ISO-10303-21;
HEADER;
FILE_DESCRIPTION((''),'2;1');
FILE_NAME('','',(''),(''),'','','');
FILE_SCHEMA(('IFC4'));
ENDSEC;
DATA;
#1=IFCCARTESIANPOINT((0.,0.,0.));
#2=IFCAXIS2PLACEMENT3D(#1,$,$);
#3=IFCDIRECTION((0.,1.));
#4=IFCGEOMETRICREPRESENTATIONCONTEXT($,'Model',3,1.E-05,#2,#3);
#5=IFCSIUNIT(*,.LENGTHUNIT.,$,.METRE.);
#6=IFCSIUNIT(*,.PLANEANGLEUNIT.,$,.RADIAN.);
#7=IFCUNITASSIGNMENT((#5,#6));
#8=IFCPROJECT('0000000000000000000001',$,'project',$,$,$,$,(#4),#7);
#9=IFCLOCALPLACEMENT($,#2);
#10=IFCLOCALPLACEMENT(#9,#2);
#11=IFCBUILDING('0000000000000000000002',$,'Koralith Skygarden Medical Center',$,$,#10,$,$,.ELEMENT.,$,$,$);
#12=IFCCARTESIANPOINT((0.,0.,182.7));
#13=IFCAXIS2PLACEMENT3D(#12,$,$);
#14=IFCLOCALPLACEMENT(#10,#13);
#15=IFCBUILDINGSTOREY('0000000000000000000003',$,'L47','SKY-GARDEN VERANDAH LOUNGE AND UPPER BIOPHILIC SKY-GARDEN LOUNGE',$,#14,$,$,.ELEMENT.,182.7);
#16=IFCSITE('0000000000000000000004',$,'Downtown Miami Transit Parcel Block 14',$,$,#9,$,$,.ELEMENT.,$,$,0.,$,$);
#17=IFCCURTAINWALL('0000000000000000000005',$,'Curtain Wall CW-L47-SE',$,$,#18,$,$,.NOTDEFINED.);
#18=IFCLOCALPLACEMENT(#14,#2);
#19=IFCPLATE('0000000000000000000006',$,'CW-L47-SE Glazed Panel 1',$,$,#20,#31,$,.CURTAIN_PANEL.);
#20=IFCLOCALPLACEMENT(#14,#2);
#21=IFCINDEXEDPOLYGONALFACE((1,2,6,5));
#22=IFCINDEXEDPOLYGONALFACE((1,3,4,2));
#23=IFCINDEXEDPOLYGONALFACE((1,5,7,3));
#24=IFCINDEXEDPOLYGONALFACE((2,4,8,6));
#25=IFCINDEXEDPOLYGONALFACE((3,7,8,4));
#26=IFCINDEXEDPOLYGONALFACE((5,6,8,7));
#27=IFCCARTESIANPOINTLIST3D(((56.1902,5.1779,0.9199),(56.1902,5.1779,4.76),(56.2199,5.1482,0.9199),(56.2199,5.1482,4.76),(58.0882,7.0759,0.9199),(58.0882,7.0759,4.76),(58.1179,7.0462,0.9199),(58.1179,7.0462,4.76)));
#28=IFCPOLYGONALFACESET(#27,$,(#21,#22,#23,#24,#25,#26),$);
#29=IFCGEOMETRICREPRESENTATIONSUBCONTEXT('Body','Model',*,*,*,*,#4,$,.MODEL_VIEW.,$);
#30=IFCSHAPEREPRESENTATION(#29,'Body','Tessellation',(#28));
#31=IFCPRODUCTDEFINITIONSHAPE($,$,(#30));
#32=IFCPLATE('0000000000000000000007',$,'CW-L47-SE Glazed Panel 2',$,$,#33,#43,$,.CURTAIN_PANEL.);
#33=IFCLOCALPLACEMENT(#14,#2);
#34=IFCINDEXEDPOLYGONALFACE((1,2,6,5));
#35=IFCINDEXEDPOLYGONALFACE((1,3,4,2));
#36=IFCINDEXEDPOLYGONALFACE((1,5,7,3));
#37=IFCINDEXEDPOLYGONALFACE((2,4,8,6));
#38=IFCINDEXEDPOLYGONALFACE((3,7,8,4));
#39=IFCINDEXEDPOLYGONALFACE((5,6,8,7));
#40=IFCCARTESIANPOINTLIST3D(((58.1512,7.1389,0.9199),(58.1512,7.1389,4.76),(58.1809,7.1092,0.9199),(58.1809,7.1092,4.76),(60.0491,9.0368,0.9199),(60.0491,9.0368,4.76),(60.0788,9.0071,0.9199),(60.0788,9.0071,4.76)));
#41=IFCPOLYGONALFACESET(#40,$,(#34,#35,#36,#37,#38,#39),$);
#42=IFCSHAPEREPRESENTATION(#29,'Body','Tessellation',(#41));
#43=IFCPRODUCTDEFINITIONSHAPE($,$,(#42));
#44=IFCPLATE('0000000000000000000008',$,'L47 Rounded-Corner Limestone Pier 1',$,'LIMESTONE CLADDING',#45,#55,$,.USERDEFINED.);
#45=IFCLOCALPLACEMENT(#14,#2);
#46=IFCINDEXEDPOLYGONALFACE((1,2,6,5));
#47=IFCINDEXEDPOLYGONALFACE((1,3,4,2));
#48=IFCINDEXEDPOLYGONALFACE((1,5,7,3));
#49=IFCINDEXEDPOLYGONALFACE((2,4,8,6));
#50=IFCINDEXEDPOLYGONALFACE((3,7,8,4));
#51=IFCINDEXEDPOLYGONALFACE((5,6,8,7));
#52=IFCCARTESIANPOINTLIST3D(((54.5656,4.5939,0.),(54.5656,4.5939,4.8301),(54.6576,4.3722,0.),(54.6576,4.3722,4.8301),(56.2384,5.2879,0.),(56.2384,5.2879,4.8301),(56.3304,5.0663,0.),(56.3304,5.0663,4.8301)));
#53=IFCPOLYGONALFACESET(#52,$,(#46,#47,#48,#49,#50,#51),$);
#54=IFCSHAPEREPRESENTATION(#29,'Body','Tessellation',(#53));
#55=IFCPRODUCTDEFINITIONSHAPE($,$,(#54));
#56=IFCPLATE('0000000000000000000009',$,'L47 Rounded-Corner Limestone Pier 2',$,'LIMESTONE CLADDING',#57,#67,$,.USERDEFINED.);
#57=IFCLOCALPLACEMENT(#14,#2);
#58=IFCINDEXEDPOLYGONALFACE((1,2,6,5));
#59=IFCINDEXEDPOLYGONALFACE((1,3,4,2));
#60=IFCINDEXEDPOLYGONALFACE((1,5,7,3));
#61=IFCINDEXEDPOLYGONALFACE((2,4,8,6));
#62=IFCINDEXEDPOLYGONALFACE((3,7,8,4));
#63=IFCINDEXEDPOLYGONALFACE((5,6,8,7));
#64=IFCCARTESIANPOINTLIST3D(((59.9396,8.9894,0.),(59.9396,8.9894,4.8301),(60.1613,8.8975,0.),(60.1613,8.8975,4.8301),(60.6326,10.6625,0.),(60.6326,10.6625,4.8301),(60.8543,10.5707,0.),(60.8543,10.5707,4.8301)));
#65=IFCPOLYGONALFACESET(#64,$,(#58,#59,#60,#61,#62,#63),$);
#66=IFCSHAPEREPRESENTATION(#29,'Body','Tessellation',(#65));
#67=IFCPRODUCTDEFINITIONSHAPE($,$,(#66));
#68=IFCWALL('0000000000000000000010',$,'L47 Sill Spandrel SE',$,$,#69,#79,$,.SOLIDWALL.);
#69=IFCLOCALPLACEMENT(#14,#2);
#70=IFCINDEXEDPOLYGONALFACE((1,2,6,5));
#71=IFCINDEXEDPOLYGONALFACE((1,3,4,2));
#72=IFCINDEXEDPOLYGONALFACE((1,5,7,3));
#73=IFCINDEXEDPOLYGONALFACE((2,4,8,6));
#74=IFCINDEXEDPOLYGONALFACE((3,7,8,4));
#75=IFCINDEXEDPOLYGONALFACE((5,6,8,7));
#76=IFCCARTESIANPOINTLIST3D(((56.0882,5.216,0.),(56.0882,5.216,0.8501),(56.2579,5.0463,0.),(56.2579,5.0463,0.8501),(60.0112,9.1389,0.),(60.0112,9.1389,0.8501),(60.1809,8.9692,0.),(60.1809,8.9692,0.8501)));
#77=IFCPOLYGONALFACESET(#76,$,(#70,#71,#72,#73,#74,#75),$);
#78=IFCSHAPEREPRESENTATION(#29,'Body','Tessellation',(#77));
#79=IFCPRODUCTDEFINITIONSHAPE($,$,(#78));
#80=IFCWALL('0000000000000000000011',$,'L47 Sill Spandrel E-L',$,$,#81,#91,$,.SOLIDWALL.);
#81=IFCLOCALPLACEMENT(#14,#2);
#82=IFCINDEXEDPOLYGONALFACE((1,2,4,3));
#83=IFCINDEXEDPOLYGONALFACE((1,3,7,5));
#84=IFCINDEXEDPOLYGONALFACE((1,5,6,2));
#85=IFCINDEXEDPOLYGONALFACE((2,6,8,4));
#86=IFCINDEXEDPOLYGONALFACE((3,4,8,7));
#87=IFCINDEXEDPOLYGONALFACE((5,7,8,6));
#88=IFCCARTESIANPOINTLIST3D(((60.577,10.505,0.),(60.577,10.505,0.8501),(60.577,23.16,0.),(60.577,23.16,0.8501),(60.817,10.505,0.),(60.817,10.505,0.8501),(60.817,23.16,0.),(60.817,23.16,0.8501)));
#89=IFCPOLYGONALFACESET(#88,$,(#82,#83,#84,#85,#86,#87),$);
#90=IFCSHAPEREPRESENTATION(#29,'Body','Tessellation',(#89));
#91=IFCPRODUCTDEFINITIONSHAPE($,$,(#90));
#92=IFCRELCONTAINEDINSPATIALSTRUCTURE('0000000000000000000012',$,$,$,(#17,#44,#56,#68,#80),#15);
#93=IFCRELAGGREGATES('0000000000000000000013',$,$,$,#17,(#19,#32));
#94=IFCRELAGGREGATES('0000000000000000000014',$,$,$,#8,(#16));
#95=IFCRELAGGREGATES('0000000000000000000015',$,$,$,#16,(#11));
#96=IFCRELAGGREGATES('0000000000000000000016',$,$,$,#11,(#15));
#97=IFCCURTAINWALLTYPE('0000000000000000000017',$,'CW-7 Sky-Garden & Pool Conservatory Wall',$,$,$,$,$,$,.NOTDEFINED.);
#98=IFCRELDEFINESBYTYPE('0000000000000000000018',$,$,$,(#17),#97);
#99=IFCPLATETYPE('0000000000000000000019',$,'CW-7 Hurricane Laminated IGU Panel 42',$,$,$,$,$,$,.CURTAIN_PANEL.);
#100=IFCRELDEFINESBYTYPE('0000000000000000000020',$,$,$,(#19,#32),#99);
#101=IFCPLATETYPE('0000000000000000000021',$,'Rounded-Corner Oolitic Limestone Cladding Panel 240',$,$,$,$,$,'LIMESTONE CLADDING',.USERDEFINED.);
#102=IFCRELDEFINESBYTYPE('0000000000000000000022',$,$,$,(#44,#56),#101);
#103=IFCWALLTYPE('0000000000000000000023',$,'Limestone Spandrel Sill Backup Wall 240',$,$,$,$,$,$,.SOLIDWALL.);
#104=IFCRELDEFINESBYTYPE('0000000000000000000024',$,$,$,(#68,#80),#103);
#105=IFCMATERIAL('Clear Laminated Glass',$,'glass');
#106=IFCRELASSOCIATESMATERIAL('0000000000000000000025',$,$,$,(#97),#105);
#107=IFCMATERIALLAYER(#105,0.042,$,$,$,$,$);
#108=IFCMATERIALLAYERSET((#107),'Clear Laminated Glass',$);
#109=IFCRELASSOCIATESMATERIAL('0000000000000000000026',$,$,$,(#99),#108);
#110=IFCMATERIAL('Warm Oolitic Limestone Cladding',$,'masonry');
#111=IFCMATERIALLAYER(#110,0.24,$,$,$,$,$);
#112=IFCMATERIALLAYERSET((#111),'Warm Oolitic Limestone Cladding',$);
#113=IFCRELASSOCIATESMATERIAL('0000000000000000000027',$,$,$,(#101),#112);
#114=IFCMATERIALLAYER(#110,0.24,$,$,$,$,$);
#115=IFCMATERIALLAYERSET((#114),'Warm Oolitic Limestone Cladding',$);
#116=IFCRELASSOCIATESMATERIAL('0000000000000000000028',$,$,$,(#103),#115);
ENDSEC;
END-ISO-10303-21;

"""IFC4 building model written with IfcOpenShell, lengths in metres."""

from ifc_helpers import new_model, si_unit, direction, frame, frame_2d, origin, origin_2d, place, context, subcontext, project, spatial, rectangle, extrude, material, layer, layer_set, type_object, element, aggregate, save


model = new_model("IFC4")

# Units and contexts
model_context = context("Model", 3, precision=1e-05, world=origin(), true_north=direction((0.0, 1.0)))
body_context = subcontext(model_context, "Body", "Model", "MODEL_VIEW")
ifc_project = project(units=[si_unit("LENGTHUNIT", "METRE"), si_unit("PLANEANGLEUNIT", "RADIAN")], contexts=[model_context])

# Site, building, storey
site_placement = place(None, origin())
site = spatial("IfcSite", under=ifc_project, at=site_placement, Name="Downtown Miami Transit Parcel Block 14", CompositionType="ELEMENT", RefElevation=0.0)
building_placement = place(site_placement, origin())
building = spatial("IfcBuilding", under=site, at=building_placement, Name="Koralith Skygarden Medical Center", CompositionType="ELEMENT")
storey_placement = place(building_placement, frame((0.0, 0.0, 182.7)))
storey = spatial("IfcBuildingStorey", under=building, at=storey_placement, Name="L47", Description="SKY-GARDEN VERANDAH LOUNGE AND UPPER BIOPHILIC SKY-GARDEN LOUNGE", CompositionType="ELEMENT", Elevation=182.7)

# Shared definitions
ifc_material_1 = material(Name="Clear Laminated Glass", Category="glass")
curtain_wall_type = type_object("IfcCurtainWallType", Name="CW-7 Sky-Garden & Pool Conservatory Wall", PredefinedType="NOTDEFINED", material=ifc_material_1)

# Curtain wall
curtain_wall_1_placement = place(storey_placement, origin())
curtain_wall_1 = element("IfcCurtainWall", 1, at=curtain_wall_1_placement, inside=storey, type_object=curtain_wall_type, Name="Curtain Wall CW-L47-SE", PredefinedType="NOTDEFINED")

# Plates
ifc_layer_1 = layer(ifc_material_1, 0.042)
ifc_layer_set_1 = layer_set([ifc_layer_1], Name="Clear Laminated Glass")
plate_type_1 = type_object("IfcPlateType", Name="CW-7 Hurricane Laminated IGU Panel 42", PredefinedType="CURTAIN_PANEL", material=ifc_layer_set_1)
plate_1_placement = place(storey_placement, frame((57.1541, 6.1121, 0.9199), z_axis=(0.0, 0.0, 1.0), x_axis=(0.707107, 0.707107, 0.0)))
plate_1 = element("IfcPlate", 2, at=plate_1_placement, type_object=plate_type_1, Name="CW-L47-SE Glazed Panel 1", PredefinedType="CURTAIN_PANEL", context=body_context, shape_type="SweptSolid", body=[
    extrude(rectangle(XDim=2.6841, YDim=0.042, at=origin_2d()), origin(), (0.0, 0.0, 1.0), 3.8401),
])
plate_2_placement = place(storey_placement, frame((59.115, 8.073, 0.9199), z_axis=(0.0, 0.0, 1.0), x_axis=(0.707107, 0.707107, 0.0)))
plate_2 = element("IfcPlate", 3, at=plate_2_placement, type_object=plate_type_1, Name="CW-L47-SE Glazed Panel 2", PredefinedType="CURTAIN_PANEL", context=body_context, shape_type="SweptSolid", body=[
    extrude(rectangle(XDim=2.6841, YDim=0.042, at=origin_2d()), origin(), (0.0, 0.0, 1.0), 3.8401),
])
aggregate(curtain_wall_1, [plate_1, plate_2])

# Plates
ifc_material_2 = material(Name="Warm Oolitic Limestone Cladding", Category="masonry")
ifc_layer_2 = layer(ifc_material_2, 0.24)
ifc_layer_set_2 = layer_set([ifc_layer_2], Name="Warm Oolitic Limestone Cladding")
plate_type_2 = type_object("IfcPlateType", Name="Rounded-Corner Oolitic Limestone Cladding Panel 240", ElementType="LIMESTONE CLADDING", PredefinedType="USERDEFINED", material=ifc_layer_set_2)
for number, where, z_axis, x_axis, name in (
    (4, (55.448, 4.8301, 0.0), (0.0, 0.0, 1.0), (0.92366, 0.383214, 0.0), "L47 Rounded-Corner Limestone Pier 1"),
    (5, (60.397, 9.78, 0.0), (0.0, 0.0, 1.0), (0.382671, 0.923885, 0.0), "L47 Rounded-Corner Limestone Pier 2"),
):
    element("IfcPlate", number, at=place(storey_placement, frame(where, z_axis=z_axis, x_axis=x_axis)), inside=storey, type_object=plate_type_2, Name=name, ObjectType="LIMESTONE CLADDING", PredefinedType="USERDEFINED", context=body_context, shape_type="SweptSolid", body=[
        extrude(rectangle(XDim=1.811, YDim=0.24, at=origin_2d()), origin(), (0.0, 0.0, 1.0), 4.8301),
    ])

# Walls
ifc_layer_3 = layer(ifc_material_2, 0.24)
ifc_layer_set_3 = layer_set([ifc_layer_3], Name="Warm Oolitic Limestone Cladding")
wall_type = type_object("IfcWallType", Name="Limestone Spandrel Sill Backup Wall 240", PredefinedType="SOLIDWALL", material=ifc_layer_set_3)
wall_1_placement = place(storey_placement, frame((56.1731, 5.1311, 0.0), z_axis=(0.0, 0.0, 1.0), x_axis=(0.707107, 0.707107, 0.0)))
element("IfcWall", 6, at=wall_1_placement, inside=storey, type_object=wall_type, Name="L47 Sill Spandrel SE", PredefinedType="SOLIDWALL", context=body_context, shape_type="SweptSolid", body=[
    extrude(rectangle(XDim=5.5479, YDim=0.24, at=frame_2d((2.7739, 0.0))), origin(), (0.0, 0.0, 1.0), 0.8501),
])
wall_2_placement = place(storey_placement, frame((60.697, 10.5049, 0.0), z_axis=(0.0, 0.0, 1.0), x_axis=(0.0, 1.0, 0.0)))
element("IfcWall", 7, at=wall_2_placement, inside=storey, type_object=wall_type, Name="L47 Sill Spandrel E-L", PredefinedType="SOLIDWALL", context=body_context, shape_type="SweptSolid", body=[
    extrude(rectangle(XDim=12.655, YDim=0.24, at=frame_2d((6.3276, 0.0))), origin(), (0.0, 0.0, 1.0), 0.8501),
])

save(model, "model.ifc")
